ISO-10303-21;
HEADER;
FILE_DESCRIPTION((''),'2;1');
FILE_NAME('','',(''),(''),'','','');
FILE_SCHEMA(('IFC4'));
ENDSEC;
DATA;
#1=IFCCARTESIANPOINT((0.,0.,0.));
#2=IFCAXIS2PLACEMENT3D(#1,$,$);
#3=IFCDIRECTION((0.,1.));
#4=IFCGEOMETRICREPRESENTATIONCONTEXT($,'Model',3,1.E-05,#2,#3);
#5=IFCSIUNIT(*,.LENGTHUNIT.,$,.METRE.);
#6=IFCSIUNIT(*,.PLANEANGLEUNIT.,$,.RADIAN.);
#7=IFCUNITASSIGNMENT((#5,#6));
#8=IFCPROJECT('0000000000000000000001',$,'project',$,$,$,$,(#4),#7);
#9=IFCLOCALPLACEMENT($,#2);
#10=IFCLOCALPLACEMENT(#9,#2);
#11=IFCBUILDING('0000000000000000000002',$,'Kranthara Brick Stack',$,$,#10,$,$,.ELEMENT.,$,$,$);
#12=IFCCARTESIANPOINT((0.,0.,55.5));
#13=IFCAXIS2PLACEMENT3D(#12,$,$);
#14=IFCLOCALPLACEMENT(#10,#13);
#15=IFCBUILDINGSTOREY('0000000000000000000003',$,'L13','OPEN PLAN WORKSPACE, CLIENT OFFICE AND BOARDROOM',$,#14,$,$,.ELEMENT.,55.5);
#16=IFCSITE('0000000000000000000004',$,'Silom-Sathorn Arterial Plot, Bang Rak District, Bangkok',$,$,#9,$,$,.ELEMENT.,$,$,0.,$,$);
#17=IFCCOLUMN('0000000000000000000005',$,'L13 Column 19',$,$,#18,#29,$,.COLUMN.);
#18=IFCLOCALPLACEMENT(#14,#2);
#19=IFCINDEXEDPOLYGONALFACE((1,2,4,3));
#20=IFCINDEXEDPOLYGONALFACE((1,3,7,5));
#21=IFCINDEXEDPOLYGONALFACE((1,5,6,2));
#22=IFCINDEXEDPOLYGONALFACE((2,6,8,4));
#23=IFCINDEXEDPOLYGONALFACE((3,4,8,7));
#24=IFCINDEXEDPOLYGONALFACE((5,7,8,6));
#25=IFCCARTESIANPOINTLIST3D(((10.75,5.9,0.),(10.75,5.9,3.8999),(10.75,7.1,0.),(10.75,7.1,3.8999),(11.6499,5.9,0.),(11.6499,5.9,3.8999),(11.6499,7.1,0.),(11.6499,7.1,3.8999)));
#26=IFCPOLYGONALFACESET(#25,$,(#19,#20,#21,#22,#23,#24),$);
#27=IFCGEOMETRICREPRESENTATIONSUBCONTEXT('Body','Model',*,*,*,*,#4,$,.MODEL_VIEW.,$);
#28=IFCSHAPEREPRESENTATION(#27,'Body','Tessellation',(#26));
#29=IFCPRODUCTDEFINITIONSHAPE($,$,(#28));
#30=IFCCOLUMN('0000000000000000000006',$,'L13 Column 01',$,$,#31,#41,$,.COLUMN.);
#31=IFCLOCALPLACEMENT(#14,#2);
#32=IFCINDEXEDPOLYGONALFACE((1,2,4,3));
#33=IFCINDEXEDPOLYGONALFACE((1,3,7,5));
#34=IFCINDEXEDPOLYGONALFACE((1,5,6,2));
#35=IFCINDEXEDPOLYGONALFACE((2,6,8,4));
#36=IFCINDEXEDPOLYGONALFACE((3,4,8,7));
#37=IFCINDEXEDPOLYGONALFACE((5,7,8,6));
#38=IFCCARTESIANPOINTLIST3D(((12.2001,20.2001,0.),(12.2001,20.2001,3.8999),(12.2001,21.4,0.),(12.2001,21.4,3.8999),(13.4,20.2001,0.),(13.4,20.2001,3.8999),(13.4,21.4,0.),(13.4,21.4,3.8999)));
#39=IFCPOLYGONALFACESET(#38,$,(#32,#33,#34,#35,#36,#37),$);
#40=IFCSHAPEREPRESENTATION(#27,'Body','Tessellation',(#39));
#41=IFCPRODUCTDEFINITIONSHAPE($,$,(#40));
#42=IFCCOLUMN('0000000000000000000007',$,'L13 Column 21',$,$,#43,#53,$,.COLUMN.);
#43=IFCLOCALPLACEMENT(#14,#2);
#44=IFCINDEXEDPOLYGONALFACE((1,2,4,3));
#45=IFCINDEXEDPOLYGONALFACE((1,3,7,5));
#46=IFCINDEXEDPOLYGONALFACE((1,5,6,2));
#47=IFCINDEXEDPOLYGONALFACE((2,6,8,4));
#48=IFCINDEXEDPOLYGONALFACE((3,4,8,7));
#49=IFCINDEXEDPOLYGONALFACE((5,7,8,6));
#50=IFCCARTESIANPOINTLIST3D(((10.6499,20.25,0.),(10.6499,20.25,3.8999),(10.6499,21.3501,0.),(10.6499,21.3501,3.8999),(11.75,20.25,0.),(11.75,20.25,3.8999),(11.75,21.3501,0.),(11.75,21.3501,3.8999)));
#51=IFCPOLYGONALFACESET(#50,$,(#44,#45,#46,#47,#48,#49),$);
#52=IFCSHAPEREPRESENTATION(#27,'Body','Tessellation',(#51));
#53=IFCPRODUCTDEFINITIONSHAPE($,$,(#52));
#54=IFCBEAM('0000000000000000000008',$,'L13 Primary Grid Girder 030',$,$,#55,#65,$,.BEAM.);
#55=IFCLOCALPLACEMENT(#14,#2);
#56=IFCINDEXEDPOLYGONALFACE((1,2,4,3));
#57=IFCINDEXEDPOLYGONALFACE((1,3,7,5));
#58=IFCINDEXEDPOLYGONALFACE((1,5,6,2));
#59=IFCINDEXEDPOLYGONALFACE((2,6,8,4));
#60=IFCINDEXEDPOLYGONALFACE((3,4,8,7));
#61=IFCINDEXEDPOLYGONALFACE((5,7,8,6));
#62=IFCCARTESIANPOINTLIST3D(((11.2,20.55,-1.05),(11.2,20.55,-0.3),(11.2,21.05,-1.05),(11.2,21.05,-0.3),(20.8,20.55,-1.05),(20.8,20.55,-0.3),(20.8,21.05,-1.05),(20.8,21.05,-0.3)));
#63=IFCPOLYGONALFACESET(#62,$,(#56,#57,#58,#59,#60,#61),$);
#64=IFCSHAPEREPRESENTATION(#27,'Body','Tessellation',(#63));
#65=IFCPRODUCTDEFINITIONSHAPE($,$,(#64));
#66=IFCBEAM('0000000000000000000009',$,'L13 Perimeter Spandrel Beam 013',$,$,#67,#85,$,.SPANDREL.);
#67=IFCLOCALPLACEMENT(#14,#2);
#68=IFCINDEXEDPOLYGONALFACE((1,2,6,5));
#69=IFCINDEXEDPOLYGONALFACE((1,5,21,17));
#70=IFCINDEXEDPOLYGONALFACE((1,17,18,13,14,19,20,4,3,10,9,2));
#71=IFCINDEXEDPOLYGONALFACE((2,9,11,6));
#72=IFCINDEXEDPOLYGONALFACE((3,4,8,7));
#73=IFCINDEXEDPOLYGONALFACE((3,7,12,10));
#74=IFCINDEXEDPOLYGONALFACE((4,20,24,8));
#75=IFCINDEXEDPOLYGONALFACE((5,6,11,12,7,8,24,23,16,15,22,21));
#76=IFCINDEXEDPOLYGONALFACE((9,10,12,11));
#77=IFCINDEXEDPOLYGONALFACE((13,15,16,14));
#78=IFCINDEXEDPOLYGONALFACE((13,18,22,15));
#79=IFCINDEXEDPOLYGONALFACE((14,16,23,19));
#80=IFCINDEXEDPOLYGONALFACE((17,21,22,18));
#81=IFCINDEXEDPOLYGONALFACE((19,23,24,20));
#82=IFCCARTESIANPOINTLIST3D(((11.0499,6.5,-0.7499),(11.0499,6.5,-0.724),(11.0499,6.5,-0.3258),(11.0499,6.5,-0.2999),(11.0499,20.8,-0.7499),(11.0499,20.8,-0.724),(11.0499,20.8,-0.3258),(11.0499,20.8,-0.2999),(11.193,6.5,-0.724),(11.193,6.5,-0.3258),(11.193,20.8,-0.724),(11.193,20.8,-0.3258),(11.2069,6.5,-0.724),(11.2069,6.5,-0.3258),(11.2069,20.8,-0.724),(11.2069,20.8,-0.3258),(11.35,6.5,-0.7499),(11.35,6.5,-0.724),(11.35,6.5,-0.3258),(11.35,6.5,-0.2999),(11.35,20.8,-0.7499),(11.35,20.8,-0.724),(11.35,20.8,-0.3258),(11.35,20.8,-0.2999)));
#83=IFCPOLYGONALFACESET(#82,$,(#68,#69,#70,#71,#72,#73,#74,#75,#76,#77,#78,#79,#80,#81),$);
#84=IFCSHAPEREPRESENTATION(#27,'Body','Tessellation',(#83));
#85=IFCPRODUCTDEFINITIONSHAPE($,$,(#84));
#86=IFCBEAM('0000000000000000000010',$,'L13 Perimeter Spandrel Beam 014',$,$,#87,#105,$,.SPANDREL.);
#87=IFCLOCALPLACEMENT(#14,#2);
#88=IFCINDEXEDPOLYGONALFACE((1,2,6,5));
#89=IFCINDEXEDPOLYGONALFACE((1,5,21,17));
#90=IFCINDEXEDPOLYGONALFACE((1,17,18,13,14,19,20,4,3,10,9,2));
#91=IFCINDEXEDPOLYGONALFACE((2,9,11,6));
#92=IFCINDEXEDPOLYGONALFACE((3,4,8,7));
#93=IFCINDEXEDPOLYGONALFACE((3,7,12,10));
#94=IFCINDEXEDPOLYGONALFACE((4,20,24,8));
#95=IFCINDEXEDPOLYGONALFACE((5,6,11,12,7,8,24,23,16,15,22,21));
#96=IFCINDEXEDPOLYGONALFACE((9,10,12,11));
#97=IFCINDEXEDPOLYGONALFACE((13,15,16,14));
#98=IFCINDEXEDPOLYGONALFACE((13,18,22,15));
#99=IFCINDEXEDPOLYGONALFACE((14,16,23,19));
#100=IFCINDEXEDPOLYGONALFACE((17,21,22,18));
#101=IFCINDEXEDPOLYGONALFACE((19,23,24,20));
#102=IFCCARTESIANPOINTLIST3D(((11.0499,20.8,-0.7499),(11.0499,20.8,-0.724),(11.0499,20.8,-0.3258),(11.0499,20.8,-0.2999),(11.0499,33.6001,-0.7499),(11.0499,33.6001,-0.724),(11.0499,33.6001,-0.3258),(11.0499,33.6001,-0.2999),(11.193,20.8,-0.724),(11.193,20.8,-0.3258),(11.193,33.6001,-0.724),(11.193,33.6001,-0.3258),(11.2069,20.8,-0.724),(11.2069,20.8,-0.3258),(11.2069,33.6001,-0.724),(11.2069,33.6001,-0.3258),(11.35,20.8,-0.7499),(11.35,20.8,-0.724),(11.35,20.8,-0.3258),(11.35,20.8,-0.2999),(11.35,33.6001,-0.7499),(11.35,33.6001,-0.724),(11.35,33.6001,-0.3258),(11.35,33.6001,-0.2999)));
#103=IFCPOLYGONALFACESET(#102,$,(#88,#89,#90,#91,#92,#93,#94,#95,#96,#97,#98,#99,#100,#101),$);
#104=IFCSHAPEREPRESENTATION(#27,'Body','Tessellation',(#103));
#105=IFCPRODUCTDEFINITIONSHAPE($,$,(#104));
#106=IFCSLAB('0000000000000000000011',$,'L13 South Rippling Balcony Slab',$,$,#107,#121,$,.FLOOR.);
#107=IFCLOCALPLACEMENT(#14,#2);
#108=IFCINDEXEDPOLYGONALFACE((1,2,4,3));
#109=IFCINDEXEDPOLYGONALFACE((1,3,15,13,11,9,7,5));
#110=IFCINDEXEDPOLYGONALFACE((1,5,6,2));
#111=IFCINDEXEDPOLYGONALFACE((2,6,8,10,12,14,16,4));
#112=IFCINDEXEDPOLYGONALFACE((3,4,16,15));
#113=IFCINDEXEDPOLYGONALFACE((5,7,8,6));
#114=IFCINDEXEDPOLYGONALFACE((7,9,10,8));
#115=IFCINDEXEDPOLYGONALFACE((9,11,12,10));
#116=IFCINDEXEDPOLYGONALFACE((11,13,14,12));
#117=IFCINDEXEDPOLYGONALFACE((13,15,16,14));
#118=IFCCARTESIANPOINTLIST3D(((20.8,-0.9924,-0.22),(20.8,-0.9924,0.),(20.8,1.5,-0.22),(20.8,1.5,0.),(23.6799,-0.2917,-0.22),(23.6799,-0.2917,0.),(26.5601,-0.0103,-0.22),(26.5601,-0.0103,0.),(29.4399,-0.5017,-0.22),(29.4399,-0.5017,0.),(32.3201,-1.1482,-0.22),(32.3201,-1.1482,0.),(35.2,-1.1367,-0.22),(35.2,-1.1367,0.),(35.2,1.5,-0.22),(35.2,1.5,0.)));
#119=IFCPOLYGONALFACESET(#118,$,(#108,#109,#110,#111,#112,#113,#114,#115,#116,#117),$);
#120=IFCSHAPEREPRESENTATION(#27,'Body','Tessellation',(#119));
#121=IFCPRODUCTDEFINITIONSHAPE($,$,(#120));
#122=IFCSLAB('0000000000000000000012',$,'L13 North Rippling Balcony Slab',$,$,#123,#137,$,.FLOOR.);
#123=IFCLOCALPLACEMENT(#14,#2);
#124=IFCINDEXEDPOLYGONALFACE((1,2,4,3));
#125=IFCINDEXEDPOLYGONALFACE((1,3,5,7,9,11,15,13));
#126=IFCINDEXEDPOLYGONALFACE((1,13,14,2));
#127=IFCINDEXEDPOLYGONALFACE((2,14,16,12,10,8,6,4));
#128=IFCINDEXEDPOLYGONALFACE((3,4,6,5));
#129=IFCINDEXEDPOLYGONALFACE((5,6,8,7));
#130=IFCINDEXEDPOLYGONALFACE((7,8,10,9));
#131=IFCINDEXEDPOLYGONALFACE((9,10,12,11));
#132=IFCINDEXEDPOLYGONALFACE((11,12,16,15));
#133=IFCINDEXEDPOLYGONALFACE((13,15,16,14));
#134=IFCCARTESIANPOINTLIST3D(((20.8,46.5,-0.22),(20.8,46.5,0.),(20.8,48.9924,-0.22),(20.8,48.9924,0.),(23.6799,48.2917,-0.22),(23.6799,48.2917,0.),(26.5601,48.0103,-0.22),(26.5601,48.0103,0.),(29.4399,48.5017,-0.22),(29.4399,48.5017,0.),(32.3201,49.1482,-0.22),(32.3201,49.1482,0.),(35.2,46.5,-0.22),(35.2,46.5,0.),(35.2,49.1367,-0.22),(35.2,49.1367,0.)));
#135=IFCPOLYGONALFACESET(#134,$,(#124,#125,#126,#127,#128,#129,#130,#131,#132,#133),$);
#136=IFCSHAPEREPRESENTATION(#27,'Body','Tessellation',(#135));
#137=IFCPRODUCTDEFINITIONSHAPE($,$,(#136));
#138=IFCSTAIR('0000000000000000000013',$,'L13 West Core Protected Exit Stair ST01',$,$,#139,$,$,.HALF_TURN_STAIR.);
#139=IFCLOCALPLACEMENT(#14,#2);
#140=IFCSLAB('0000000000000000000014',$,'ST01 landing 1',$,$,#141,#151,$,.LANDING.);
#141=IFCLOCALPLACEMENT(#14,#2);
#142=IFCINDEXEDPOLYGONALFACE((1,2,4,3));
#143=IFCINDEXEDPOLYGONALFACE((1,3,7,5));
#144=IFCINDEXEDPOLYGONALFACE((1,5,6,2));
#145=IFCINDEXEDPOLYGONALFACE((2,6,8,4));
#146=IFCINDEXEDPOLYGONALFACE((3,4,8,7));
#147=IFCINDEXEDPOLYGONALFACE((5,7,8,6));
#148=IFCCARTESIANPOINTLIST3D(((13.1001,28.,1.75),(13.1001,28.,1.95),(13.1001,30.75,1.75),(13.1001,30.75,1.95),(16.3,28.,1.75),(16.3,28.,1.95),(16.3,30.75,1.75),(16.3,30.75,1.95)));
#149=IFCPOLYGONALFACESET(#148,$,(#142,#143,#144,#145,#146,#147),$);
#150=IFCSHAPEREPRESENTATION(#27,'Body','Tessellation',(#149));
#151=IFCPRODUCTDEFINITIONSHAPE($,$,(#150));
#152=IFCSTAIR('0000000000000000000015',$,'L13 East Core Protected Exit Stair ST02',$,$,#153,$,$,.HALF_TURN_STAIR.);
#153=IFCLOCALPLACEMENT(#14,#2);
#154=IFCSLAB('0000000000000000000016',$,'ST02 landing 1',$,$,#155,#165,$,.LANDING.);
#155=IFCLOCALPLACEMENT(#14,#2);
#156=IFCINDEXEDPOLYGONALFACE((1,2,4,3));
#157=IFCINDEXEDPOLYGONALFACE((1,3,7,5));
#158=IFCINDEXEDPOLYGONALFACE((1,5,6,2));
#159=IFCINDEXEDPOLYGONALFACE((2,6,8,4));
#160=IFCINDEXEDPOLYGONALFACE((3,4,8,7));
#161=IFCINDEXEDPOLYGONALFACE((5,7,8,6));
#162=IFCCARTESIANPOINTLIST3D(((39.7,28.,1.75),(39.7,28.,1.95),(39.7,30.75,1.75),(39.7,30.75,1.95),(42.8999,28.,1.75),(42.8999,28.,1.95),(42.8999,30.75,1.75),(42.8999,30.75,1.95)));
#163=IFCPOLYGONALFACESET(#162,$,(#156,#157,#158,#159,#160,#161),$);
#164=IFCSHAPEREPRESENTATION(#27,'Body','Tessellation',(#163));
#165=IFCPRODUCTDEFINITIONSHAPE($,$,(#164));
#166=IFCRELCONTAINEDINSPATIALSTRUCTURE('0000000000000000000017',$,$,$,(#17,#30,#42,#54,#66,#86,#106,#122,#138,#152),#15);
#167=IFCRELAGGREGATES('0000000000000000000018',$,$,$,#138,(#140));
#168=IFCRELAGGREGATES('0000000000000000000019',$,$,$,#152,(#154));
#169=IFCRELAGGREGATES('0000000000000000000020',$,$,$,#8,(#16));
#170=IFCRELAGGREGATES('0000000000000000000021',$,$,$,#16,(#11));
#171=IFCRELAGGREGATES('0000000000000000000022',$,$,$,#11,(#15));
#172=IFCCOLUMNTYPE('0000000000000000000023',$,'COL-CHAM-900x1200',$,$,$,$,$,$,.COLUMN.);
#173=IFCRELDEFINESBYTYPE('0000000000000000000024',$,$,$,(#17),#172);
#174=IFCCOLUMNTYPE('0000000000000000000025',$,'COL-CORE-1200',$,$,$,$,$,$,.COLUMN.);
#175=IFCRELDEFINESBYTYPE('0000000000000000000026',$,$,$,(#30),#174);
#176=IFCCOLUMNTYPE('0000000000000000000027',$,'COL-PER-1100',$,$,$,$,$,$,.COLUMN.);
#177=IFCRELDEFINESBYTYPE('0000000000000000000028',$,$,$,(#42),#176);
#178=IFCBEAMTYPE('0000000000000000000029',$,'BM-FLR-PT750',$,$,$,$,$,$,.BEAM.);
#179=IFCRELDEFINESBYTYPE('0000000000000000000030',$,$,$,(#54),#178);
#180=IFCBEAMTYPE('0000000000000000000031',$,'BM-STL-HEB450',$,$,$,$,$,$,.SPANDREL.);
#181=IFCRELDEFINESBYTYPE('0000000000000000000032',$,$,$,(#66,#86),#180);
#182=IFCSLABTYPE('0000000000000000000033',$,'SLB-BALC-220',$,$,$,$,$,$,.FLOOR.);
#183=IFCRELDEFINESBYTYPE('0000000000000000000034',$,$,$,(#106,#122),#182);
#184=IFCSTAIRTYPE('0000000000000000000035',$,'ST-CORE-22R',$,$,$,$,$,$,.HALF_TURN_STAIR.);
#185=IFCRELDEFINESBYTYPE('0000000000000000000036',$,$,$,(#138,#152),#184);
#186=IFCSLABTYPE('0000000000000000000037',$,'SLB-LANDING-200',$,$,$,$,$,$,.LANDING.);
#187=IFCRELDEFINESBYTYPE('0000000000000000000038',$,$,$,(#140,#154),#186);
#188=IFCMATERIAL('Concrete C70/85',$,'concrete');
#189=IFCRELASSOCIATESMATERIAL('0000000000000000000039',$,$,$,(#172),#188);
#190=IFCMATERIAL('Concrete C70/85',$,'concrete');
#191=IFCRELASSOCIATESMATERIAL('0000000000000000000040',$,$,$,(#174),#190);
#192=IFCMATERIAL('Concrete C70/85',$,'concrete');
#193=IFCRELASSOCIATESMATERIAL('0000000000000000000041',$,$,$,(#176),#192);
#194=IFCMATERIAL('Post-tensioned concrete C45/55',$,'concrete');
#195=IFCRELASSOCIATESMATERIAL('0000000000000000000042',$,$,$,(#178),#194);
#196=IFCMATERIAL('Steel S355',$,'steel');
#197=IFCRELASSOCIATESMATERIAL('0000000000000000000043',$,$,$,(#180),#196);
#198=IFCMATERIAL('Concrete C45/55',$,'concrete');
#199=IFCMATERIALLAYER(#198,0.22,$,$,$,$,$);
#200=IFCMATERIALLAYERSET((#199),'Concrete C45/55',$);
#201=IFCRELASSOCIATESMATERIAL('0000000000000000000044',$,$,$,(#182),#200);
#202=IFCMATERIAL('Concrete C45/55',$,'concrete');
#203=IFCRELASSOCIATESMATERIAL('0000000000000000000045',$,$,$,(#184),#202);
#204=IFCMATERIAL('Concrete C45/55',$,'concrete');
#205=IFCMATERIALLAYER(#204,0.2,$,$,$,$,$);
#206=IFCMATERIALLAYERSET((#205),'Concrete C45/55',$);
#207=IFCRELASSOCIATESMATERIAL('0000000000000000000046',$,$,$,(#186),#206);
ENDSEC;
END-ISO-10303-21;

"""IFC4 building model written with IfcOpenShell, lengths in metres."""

from ifc_helpers import new_model, si_unit, direction, frame, origin, origin_2d, place, context, subcontext, project, spatial, polyline, rectangle, i_section, outline, extrude, material, layer, layer_set, material_profile, profile_set, type_object, element, aggregate, save


model = new_model("IFC4")

# Units and contexts
model_context = context("Model", 3, precision=1e-05, world=origin(), true_north=direction((0.0, 1.0)))
body_context = subcontext(model_context, "Body", "Model", "MODEL_VIEW")
ifc_project = project(units=[si_unit("LENGTHUNIT", "METRE"), si_unit("PLANEANGLEUNIT", "RADIAN")], contexts=[model_context])

# Site, building, storey
site_placement = place(None, origin())
site = spatial("IfcSite", under=ifc_project, at=site_placement, Name="Silom-Sathorn Arterial Plot, Bang Rak District, Bangkok", CompositionType="ELEMENT", RefElevation=0.0)
building_placement = place(site_placement, origin())
building = spatial("IfcBuilding", under=site, at=building_placement, Name="Kranthara Brick Stack", CompositionType="ELEMENT")
storey_placement = place(building_placement, frame((0.0, 0.0, 55.5)))
storey = spatial("IfcBuildingStorey", under=building, at=storey_placement, Name="L13", Description="OPEN PLAN WORKSPACE, CLIENT OFFICE AND BOARDROOM", CompositionType="ELEMENT", Elevation=55.5)

# Columns
ifc_material_1 = material(Name="Concrete C70/85", Category="concrete")
ifc_material_profile_1 = material_profile(ifc_material_1, rectangle(XDim=0.8999, YDim=1.2, at=origin_2d()), Name="RC 900x1200")
ifc_profile_set_1 = profile_set([ifc_material_profile_1], Name="Concrete C70/85")
column_type_1 = type_object("IfcColumnType", Name="COL-CHAM-900x1200", PredefinedType="COLUMN", material=ifc_profile_set_1)
column_1_placement = place(storey_placement, frame((11.2, 6.5, 0.0), z_axis=(0.0, 0.0, 1.0), x_axis=(1.0, 0.0, 0.0)))
element("IfcColumn", 1, at=column_1_placement, inside=storey, type_object=column_type_1, Name="L13 Column 19", PredefinedType="COLUMN", context=body_context, shape_type="SweptSolid", body=[
    extrude(rectangle(XDim=0.8999, YDim=1.2, at=origin_2d()), origin(), (0.0, 0.0, 1.0), 3.8999),
])
ifc_material_2 = material(Name="Concrete C70/85", Category="concrete")
ifc_material_profile_2 = material_profile(ifc_material_2, rectangle(XDim=1.2, YDim=1.2, at=origin_2d()), Name="RC 1200x1200")
ifc_profile_set_2 = profile_set([ifc_material_profile_2], Name="Concrete C70/85")
column_type_2 = type_object("IfcColumnType", Name="COL-CORE-1200", PredefinedType="COLUMN", material=ifc_profile_set_2)
column_2_placement = place(storey_placement, frame((12.8, 20.8, 0.0), z_axis=(0.0, 0.0, 1.0), x_axis=(1.0, 0.0, 0.0)))
element("IfcColumn", 2, at=column_2_placement, inside=storey, type_object=column_type_2, Name="L13 Column 01", PredefinedType="COLUMN", context=body_context, shape_type="SweptSolid", body=[
    extrude(rectangle(XDim=1.2, YDim=1.2, at=origin_2d()), origin(), (0.0, 0.0, 1.0), 3.8999),
])
ifc_material_3 = material(Name="Concrete C70/85", Category="concrete")
ifc_material_profile_3 = material_profile(ifc_material_3, rectangle(XDim=1.1001, YDim=1.1001, at=origin_2d()), Name="RC 1100x1100")
ifc_profile_set_3 = profile_set([ifc_material_profile_3], Name="Concrete C70/85")
column_type_3 = type_object("IfcColumnType", Name="COL-PER-1100", PredefinedType="COLUMN", material=ifc_profile_set_3)
column_3_placement = place(storey_placement, frame((11.2, 20.8, 0.0), z_axis=(0.0, 0.0, 1.0), x_axis=(1.0, 0.0, 0.0)))
element("IfcColumn", 3, at=column_3_placement, inside=storey, type_object=column_type_3, Name="L13 Column 21", PredefinedType="COLUMN", context=body_context, shape_type="SweptSolid", body=[
    extrude(rectangle(XDim=1.1001, YDim=1.1001, at=origin_2d()), origin(), (0.0, 0.0, 1.0), 3.8999),
])

# Beams
ifc_material_4 = material(Name="Post-tensioned concrete C45/55", Category="concrete")
ifc_material_profile_4 = material_profile(ifc_material_4, rectangle(XDim=0.5, YDim=0.75, at=origin_2d()), Name="PT 500x750")
ifc_profile_set_4 = profile_set([ifc_material_profile_4], Name="Post-tensioned concrete C45/55")
beam_type_1 = type_object("IfcBeamType", Name="BM-FLR-PT750", PredefinedType="BEAM", material=ifc_profile_set_4)
beam_1_placement = place(storey_placement, frame((11.2, 20.8, -0.675), z_axis=(1.0, 0.0, 0.0), x_axis=(0.0, 1.0, 0.0)))
element("IfcBeam", 4, at=beam_1_placement, inside=storey, type_object=beam_type_1, Name="L13 Primary Grid Girder 030", PredefinedType="BEAM", context=body_context, shape_type="SweptSolid", body=[
    extrude(rectangle(XDim=0.5, YDim=0.75, at=origin_2d()), origin(), (0.0, 0.0, 1.0), 9.6001),
])
ifc_material_5 = material(Name="Steel S355", Category="steel")
ifc_material_profile_5 = material_profile(ifc_material_5, i_section(OverallWidth=0.3, OverallDepth=0.45, WebThickness=0.0139, FlangeThickness=0.0259, at=origin_2d()), Name="HEB 450")
ifc_profile_set_5 = profile_set([ifc_material_profile_5], Name="Steel S355")
beam_type_2 = type_object("IfcBeamType", Name="BM-STL-HEB450", PredefinedType="SPANDREL", material=ifc_profile_set_5)
beam_2_placement = place(storey_placement, frame((11.2, 6.5, -0.5249), z_axis=(0.0, 1.0, 0.0), x_axis=(-1.0, 0.0, 0.0)))
element("IfcBeam", 5, at=beam_2_placement, inside=storey, type_object=beam_type_2, Name="L13 Perimeter Spandrel Beam 013", PredefinedType="SPANDREL", context=body_context, shape_type="SweptSolid", body=[
    extrude(i_section(OverallWidth=0.3, OverallDepth=0.45, WebThickness=0.0139, FlangeThickness=0.0259, at=origin_2d()), origin(), (0.0, 0.0, 1.0), 14.3),
])
beam_3_placement = place(storey_placement, frame((11.2, 20.8, -0.5249), z_axis=(0.0, 1.0, 0.0), x_axis=(-1.0, 0.0, 0.0)))
element("IfcBeam", 6, at=beam_3_placement, inside=storey, type_object=beam_type_2, Name="L13 Perimeter Spandrel Beam 014", PredefinedType="SPANDREL", context=body_context, shape_type="SweptSolid", body=[
    extrude(i_section(OverallWidth=0.3, OverallDepth=0.45, WebThickness=0.0139, FlangeThickness=0.0259, at=origin_2d()), origin(), (0.0, 0.0, 1.0), 12.8),
])

# Slabs
ifc_material_6 = material(Name="Concrete C45/55", Category="concrete")
ifc_layer_1 = layer(ifc_material_6, 0.22)
ifc_layer_set_1 = layer_set([ifc_layer_1], Name="Concrete C45/55")
slab_type_1 = type_object("IfcSlabType", Name="SLB-BALC-220", PredefinedType="FLOOR", material=ifc_layer_set_1)
slab_1_placement = place(storey_placement, frame((0.0, 0.0, -0.22)))
element("IfcSlab", 7, at=slab_1_placement, inside=storey, type_object=slab_type_1, Name="L13 South Rippling Balcony Slab", PredefinedType="FLOOR", context=body_context, shape_type="SweptSolid", body=[
    extrude(outline(polyline([(20.8, 1.5), (35.2, 1.5), (35.2, -1.1367), (32.3201, -1.1482), (29.4399, -0.5017), (26.5601, -0.0103), (23.6799, -0.2917), (20.8, -0.9924), (20.8, 1.5)])), origin(), (0.0, 0.0, 1.0), 0.22),
])
slab_2_placement = place(storey_placement, frame((0.0, 0.0, -0.22)))
element("IfcSlab", 8, at=slab_2_placement, inside=storey, type_object=slab_type_1, Name="L13 North Rippling Balcony Slab", PredefinedType="FLOOR", context=body_context, shape_type="SweptSolid", body=[
    extrude(outline(polyline([(35.2, 46.5), (20.8, 46.5), (20.8, 48.9924), (23.6799, 48.2917), (26.5601, 48.0103), (29.4399, 48.5017), (32.3201, 49.1482), (35.2, 49.1367), (35.2, 46.5)])), origin(), (0.0, 0.0, 1.0), 0.22),
])

# Stairs, slabs
ifc_material_7 = material(Name="Concrete C45/55", Category="concrete")
stair_type = type_object("IfcStairType", Name="ST-CORE-22R", PredefinedType="HALF_TURN_STAIR", material=ifc_material_7)
stair_1_placement = place(storey_placement, origin())
stair_1 = element("IfcStair", 9, at=stair_1_placement, inside=storey, type_object=stair_type, Name="L13 West Core Protected Exit Stair ST01", PredefinedType="HALF_TURN_STAIR")
ifc_material_8 = material(Name="Concrete C45/55", Category="concrete")
ifc_layer_2 = layer(ifc_material_8, 0.2)
ifc_layer_set_2 = layer_set([ifc_layer_2], Name="Concrete C45/55")
slab_type_2 = type_object("IfcSlabType", Name="SLB-LANDING-200", PredefinedType="LANDING", material=ifc_layer_set_2)
slab_3_placement = place(storey_placement, frame((0.0, 0.0, 1.75)))
slab_3 = element("IfcSlab", 10, at=slab_3_placement, type_object=slab_type_2, Name="ST01 landing 1", PredefinedType="LANDING", context=body_context, shape_type="SweptSolid", body=[
    extrude(outline(polyline([(16.3, 28.0), (16.3, 30.75), (13.1001, 30.75), (13.1001, 28.0), (16.3, 28.0)])), origin(), (0.0, 0.0, 1.0), 0.2),
])
aggregate(stair_1, [slab_3])
stair_2_placement = place(storey_placement, origin())
stair_2 = element("IfcStair", 11, at=stair_2_placement, inside=storey, type_object=stair_type, Name="L13 East Core Protected Exit Stair ST02", PredefinedType="HALF_TURN_STAIR")
slab_4_placement = place(storey_placement, frame((0.0, 0.0, 1.75)))
slab_4 = element("IfcSlab", 12, at=slab_4_placement, type_object=slab_type_2, Name="ST02 landing 1", PredefinedType="LANDING", context=body_context, shape_type="SweptSolid", body=[
    extrude(outline(polyline([(42.8999, 28.0), (42.8999, 30.75), (39.7, 30.75), (39.7, 28.0), (42.8999, 28.0)])), origin(), (0.0, 0.0, 1.0), 0.2),
])
aggregate(stair_2, [slab_4])

save(model, "model.ifc")
